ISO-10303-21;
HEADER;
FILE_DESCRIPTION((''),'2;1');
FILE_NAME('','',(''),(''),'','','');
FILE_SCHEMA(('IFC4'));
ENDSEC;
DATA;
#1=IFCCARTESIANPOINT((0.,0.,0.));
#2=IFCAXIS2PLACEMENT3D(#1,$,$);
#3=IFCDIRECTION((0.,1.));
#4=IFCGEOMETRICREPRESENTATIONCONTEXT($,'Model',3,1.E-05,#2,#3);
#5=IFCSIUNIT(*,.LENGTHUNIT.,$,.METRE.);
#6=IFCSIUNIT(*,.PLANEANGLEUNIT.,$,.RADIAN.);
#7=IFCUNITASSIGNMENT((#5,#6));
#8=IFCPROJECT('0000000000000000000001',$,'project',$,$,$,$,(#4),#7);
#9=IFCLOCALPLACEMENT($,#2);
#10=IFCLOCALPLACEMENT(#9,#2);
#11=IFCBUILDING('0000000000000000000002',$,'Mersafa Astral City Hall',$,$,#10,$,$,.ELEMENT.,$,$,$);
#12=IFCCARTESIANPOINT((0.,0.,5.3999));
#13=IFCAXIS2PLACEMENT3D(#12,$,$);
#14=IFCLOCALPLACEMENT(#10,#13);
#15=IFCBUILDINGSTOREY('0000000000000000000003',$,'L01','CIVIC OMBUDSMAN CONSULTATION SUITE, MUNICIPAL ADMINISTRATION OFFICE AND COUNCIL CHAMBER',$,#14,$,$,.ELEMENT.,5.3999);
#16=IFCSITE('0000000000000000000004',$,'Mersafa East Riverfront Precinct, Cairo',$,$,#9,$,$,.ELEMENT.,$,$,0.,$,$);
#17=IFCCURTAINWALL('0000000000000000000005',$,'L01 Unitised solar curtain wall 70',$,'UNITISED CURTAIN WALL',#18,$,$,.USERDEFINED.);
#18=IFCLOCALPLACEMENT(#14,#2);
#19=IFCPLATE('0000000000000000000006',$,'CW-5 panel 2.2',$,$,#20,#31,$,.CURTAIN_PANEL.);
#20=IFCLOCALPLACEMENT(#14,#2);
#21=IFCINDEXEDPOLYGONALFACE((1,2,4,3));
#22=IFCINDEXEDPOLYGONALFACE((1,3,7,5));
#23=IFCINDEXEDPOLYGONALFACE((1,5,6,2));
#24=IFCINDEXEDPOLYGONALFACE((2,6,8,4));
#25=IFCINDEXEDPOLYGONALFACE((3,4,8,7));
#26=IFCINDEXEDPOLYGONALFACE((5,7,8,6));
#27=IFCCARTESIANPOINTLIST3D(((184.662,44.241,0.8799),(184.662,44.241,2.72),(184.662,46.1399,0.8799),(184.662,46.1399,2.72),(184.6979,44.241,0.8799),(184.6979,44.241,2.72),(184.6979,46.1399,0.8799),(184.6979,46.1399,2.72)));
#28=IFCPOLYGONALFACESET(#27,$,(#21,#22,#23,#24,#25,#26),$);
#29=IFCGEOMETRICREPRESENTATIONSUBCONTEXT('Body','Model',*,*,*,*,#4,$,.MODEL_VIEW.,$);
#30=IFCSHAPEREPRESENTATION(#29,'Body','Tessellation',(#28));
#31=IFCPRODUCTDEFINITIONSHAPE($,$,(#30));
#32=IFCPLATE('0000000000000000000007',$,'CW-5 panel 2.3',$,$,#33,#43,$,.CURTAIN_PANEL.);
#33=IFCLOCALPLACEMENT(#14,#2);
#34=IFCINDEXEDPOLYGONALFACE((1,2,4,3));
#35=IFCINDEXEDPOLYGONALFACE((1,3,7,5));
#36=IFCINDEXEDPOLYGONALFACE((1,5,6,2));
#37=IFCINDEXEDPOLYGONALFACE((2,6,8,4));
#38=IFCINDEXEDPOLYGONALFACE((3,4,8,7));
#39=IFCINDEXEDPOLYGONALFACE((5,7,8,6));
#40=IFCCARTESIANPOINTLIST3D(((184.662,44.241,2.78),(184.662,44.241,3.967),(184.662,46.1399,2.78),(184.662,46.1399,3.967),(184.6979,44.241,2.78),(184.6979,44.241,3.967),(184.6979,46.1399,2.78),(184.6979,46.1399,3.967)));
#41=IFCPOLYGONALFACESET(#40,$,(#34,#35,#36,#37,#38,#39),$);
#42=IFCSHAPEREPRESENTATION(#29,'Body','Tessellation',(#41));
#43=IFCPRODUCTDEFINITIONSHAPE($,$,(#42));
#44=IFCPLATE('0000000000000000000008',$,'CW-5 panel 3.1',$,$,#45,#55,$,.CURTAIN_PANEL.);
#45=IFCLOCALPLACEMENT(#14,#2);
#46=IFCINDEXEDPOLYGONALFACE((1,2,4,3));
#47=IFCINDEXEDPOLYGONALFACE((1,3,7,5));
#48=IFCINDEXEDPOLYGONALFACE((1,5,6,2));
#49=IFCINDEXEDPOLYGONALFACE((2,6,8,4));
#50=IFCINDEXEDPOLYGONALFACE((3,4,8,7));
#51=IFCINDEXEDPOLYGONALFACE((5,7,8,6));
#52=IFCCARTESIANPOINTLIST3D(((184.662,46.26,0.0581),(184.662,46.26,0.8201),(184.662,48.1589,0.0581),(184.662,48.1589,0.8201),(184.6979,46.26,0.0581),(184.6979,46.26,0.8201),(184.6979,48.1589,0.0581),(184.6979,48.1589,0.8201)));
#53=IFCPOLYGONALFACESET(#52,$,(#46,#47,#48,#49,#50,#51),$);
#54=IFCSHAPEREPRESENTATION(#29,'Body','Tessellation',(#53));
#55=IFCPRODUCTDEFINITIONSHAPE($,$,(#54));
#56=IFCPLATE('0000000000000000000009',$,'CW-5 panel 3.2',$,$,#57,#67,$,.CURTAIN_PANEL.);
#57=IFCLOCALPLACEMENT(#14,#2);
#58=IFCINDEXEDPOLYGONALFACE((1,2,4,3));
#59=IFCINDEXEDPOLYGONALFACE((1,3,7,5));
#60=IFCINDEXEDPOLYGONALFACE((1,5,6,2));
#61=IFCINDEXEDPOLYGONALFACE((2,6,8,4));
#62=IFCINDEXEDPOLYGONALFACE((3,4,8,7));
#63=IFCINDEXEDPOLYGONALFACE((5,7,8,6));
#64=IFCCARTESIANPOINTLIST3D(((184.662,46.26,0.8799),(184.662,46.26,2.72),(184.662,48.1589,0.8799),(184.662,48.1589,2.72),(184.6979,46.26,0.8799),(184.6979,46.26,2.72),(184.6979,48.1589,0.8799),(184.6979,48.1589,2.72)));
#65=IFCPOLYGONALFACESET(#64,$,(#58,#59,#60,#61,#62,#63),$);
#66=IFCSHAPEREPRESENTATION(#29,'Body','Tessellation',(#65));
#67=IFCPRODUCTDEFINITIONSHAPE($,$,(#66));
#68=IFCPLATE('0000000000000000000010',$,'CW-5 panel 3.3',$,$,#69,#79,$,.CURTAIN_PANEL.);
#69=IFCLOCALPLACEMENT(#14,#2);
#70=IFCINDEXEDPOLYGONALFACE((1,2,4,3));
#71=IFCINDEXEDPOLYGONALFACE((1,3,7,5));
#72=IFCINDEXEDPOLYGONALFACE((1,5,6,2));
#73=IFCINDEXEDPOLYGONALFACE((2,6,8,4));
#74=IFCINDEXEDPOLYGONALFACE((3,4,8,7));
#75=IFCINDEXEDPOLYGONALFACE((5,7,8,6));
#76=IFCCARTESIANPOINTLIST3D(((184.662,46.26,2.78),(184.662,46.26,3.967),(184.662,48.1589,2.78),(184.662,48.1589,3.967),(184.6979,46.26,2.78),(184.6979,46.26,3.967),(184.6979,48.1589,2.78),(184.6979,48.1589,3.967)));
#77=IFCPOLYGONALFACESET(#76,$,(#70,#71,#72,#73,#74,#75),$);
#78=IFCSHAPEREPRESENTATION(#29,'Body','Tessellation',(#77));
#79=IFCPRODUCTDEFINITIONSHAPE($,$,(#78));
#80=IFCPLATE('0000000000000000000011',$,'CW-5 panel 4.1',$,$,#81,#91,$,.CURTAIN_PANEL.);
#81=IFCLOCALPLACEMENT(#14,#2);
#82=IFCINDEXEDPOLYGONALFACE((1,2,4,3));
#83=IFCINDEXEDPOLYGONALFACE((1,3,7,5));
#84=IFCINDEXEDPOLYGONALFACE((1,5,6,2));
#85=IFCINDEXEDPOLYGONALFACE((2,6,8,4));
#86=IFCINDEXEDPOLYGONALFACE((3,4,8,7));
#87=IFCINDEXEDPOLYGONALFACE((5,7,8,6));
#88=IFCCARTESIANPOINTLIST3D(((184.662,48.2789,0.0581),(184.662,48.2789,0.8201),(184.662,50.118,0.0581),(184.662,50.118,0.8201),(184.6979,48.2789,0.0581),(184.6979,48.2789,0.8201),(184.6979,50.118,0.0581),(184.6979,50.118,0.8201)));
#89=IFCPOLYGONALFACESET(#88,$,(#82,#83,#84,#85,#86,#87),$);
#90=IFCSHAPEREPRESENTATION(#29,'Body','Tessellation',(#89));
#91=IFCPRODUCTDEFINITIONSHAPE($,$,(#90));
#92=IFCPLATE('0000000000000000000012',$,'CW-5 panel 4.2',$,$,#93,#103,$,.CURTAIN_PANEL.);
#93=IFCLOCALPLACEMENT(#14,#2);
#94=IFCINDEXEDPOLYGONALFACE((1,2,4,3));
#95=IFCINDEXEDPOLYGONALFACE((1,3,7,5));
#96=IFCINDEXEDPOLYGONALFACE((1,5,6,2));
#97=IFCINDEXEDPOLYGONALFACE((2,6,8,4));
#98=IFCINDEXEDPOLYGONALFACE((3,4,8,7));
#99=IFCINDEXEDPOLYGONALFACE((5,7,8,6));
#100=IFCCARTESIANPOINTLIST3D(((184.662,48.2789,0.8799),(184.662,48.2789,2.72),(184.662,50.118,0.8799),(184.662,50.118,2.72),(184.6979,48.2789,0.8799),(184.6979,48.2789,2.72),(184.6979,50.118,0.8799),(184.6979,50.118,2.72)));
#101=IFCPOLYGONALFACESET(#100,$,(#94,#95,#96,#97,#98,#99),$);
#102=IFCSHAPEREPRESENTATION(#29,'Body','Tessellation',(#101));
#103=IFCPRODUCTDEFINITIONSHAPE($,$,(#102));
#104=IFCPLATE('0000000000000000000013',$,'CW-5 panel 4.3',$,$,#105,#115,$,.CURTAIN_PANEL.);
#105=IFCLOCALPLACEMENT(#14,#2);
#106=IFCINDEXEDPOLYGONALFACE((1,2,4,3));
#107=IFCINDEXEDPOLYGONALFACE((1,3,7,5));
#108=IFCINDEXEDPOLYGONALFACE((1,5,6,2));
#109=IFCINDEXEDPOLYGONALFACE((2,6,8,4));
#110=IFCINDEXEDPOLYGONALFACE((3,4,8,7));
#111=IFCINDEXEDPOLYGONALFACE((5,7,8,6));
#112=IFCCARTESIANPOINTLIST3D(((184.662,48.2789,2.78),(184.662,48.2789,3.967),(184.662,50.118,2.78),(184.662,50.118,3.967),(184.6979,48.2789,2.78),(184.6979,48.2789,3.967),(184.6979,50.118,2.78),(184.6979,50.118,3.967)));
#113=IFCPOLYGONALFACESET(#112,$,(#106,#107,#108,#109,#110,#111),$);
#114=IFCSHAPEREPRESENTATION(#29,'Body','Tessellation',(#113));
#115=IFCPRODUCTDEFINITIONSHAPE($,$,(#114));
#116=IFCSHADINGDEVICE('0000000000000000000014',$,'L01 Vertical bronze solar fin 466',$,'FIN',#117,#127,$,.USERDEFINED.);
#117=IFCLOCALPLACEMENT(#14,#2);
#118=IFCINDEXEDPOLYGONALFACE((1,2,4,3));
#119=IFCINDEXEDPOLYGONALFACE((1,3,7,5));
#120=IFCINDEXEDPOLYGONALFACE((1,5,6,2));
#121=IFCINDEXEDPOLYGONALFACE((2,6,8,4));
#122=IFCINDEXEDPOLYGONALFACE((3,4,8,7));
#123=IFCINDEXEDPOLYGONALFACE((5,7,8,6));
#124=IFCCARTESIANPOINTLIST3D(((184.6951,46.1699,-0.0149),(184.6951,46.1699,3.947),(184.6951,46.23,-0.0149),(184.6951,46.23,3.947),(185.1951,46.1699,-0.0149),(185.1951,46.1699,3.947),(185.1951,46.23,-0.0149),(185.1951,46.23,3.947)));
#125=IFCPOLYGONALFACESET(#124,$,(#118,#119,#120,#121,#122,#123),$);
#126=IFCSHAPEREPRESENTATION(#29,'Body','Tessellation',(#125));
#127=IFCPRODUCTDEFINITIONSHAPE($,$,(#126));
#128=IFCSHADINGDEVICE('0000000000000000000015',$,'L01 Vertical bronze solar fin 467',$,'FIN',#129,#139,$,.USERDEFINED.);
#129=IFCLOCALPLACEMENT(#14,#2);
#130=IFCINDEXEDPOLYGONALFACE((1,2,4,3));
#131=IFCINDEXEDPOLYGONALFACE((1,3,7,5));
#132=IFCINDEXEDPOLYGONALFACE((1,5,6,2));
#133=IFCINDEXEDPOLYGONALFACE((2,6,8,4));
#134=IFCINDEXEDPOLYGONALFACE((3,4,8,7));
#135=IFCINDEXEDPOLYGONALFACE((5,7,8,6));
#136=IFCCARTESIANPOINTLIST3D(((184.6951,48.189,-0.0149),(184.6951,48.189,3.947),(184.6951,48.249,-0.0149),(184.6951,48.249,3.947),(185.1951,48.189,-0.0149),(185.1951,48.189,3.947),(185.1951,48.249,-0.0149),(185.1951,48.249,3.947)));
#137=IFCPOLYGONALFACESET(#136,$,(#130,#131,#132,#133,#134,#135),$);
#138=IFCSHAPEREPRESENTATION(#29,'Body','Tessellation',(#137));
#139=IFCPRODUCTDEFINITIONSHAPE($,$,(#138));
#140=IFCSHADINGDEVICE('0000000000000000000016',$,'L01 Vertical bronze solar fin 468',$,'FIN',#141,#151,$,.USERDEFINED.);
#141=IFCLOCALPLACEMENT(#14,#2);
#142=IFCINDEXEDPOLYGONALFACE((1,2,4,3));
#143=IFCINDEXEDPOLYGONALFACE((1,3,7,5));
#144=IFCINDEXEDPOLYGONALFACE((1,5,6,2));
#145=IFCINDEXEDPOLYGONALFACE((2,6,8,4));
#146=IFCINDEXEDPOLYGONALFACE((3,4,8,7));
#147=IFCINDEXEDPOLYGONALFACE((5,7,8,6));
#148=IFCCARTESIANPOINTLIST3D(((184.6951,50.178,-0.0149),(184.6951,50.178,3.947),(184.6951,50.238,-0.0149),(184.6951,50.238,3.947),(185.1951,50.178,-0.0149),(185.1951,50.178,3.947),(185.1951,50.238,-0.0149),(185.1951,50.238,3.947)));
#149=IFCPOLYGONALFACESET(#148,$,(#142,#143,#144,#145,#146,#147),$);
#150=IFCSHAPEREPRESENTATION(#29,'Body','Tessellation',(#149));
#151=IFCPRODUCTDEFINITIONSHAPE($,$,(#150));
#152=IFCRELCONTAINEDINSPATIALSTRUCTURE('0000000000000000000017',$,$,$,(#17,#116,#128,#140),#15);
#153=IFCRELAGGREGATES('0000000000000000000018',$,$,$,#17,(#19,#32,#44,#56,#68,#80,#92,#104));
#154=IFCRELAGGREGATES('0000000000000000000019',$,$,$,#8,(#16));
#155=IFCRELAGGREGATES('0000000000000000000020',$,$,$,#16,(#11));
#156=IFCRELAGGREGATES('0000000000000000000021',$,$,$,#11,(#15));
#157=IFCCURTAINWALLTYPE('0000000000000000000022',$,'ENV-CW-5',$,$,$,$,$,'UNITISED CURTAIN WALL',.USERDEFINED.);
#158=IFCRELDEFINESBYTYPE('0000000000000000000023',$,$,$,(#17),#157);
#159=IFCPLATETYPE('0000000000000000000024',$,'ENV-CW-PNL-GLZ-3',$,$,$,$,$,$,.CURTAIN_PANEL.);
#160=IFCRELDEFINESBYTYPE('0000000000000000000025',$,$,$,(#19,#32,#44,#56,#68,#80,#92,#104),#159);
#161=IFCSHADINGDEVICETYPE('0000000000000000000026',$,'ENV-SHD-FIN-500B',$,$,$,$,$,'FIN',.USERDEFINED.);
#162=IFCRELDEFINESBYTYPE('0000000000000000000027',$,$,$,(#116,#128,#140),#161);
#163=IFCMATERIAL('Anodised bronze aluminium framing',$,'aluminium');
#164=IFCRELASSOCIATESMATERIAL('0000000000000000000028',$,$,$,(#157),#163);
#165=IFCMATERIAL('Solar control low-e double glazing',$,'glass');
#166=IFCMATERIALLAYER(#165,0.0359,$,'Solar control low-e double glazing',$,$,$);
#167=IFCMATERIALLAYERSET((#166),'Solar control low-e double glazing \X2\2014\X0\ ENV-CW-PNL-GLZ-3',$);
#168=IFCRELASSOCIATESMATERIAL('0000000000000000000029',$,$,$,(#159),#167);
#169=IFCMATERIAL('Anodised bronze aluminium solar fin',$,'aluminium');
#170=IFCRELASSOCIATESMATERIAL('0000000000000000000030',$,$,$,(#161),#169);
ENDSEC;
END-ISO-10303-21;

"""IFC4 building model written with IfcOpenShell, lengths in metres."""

from ifc_helpers import new_model, si_unit, direction, frame, origin, origin_2d, place, context, subcontext, project, spatial, rectangle, extrude, material, layer, layer_set, type_object, element, aggregate, save


model = new_model("IFC4")

# Units and contexts
model_context = context("Model", 3, precision=1e-05, world=origin(), true_north=direction((0.0, 1.0)))
body_context = subcontext(model_context, "Body", "Model", "MODEL_VIEW")
ifc_project = project(units=[si_unit("LENGTHUNIT", "METRE"), si_unit("PLANEANGLEUNIT", "RADIAN")], contexts=[model_context])

# Site, building, storey
site_placement = place(None, origin())
site = spatial("IfcSite", under=ifc_project, at=site_placement, Name="Mersafa East Riverfront Precinct, Cairo", CompositionType="ELEMENT", RefElevation=0.0)
building_placement = place(site_placement, origin())
building = spatial("IfcBuilding", under=site, at=building_placement, Name="Mersafa Astral City Hall", CompositionType="ELEMENT")
storey_placement = place(building_placement, frame((0.0, 0.0, 5.3999)))
storey = spatial("IfcBuildingStorey", under=building, at=storey_placement, Name="L01", Description="CIVIC OMBUDSMAN CONSULTATION SUITE, MUNICIPAL ADMINISTRATION OFFICE AND COUNCIL CHAMBER", CompositionType="ELEMENT", Elevation=5.3999)

# Curtain wall
ifc_material_1 = material(Name="Anodised bronze aluminium framing", Category="aluminium")
curtain_wall_type_1 = type_object("IfcCurtainWallType", Name="ENV-CW-5", ElementType="UNITISED CURTAIN WALL", PredefinedType="USERDEFINED", material=ifc_material_1)
curtain_wall_1_placement = place(storey_placement, origin())
curtain_wall_1 = element("IfcCurtainWall", 1, at=curtain_wall_1_placement, inside=storey, type_object=curtain_wall_type_1, Name="L01 Unitised solar curtain wall 70", ObjectType="UNITISED CURTAIN WALL", PredefinedType="USERDEFINED")

# Plates
ifc_material_2 = material(Name="Solar control low-e double glazing", Category="glass")
ifc_layer = layer(ifc_material_2, 0.0359, Name="Solar control low-e double glazing")
ifc_layer_set = layer_set([ifc_layer], Name="Solar control low-e double glazing — ENV-CW-PNL-GLZ-3")
plate_type = type_object("IfcPlateType", Name="ENV-CW-PNL-GLZ-3", PredefinedType="CURTAIN_PANEL", material=ifc_layer_set)
plate_1_placement = place(storey_placement, frame((184.6799, 45.1904, 0.8799), z_axis=(0.0, 0.0, 1.0), x_axis=(0.0, 1.0, 0.0)))
plate_1 = element("IfcPlate", 2, at=plate_1_placement, type_object=plate_type, Name="CW-5 panel 2.2", PredefinedType="CURTAIN_PANEL", context=body_context, shape_type="SweptSolid", body=[
    extrude(rectangle(XDim=1.8989, YDim=0.0359, at=origin_2d()), origin(), (0.0, 0.0, 1.0), 1.8401),
])
plate_2_placement = place(storey_placement, frame((184.6799, 45.1904, 2.78), z_axis=(0.0, 0.0, 1.0), x_axis=(0.0, 1.0, 0.0)))
plate_2 = element("IfcPlate", 3, at=plate_2_placement, type_object=plate_type, Name="CW-5 panel 2.3", PredefinedType="CURTAIN_PANEL", context=body_context, shape_type="SweptSolid", body=[
    extrude(rectangle(XDim=1.8989, YDim=0.0359, at=origin_2d()), origin(), (0.0, 0.0, 1.0), 1.187),
])
plate_3_placement = place(storey_placement, frame((184.6799, 47.2095, 0.0581), z_axis=(0.0, 0.0, 1.0), x_axis=(0.0, 1.0, 0.0)))
plate_3 = element("IfcPlate", 4, at=plate_3_placement, type_object=plate_type, Name="CW-5 panel 3.1", PredefinedType="CURTAIN_PANEL", context=body_context, shape_type="SweptSolid", body=[
    extrude(rectangle(XDim=1.8989, YDim=0.0359, at=origin_2d()), origin(), (0.0, 0.0, 1.0), 0.762),
])
plate_4_placement = place(storey_placement, frame((184.6799, 47.2095, 0.8799), z_axis=(0.0, 0.0, 1.0), x_axis=(0.0, 1.0, 0.0)))
plate_4 = element("IfcPlate", 5, at=plate_4_placement, type_object=plate_type, Name="CW-5 panel 3.2", PredefinedType="CURTAIN_PANEL", context=body_context, shape_type="SweptSolid", body=[
    extrude(rectangle(XDim=1.8989, YDim=0.0359, at=origin_2d()), origin(), (0.0, 0.0, 1.0), 1.8401),
])
plate_5_placement = place(storey_placement, frame((184.6799, 47.2095, 2.78), z_axis=(0.0, 0.0, 1.0), x_axis=(0.0, 1.0, 0.0)))
plate_5 = element("IfcPlate", 6, at=plate_5_placement, type_object=plate_type, Name="CW-5 panel 3.3", PredefinedType="CURTAIN_PANEL", context=body_context, shape_type="SweptSolid", body=[
    extrude(rectangle(XDim=1.8989, YDim=0.0359, at=origin_2d()), origin(), (0.0, 0.0, 1.0), 1.187),
])
plate_6_placement = place(storey_placement, frame((184.6799, 49.1985, 0.0581), z_axis=(0.0, 0.0, 1.0), x_axis=(0.0, 1.0, 0.0)))
plate_6 = element("IfcPlate", 7, at=plate_6_placement, type_object=plate_type, Name="CW-5 panel 4.1", PredefinedType="CURTAIN_PANEL", context=body_context, shape_type="SweptSolid", body=[
    extrude(rectangle(XDim=1.8391, YDim=0.0359, at=origin_2d()), origin(), (0.0, 0.0, 1.0), 0.762),
])
plate_7_placement = place(storey_placement, frame((184.6799, 49.1985, 0.8799), z_axis=(0.0, 0.0, 1.0), x_axis=(0.0, 1.0, 0.0)))
plate_7 = element("IfcPlate", 8, at=plate_7_placement, type_object=plate_type, Name="CW-5 panel 4.2", PredefinedType="CURTAIN_PANEL", context=body_context, shape_type="SweptSolid", body=[
    extrude(rectangle(XDim=1.8391, YDim=0.0359, at=origin_2d()), origin(), (0.0, 0.0, 1.0), 1.8401),
])
plate_8_placement = place(storey_placement, frame((184.6799, 49.1985, 2.78), z_axis=(0.0, 0.0, 1.0), x_axis=(0.0, 1.0, 0.0)))
plate_8 = element("IfcPlate", 9, at=plate_8_placement, type_object=plate_type, Name="CW-5 panel 4.3", PredefinedType="CURTAIN_PANEL", context=body_context, shape_type="SweptSolid", body=[
    extrude(rectangle(XDim=1.8391, YDim=0.0359, at=origin_2d()), origin(), (0.0, 0.0, 1.0), 1.187),
])
aggregate(curtain_wall_1, [plate_1, plate_2, plate_3, plate_4, plate_5, plate_6, plate_7, plate_8])

# Shading devices
ifc_material_3 = material(Name="Anodised bronze aluminium solar fin", Category="aluminium")
shading_device_type = type_object("IfcShadingDeviceType", Name="ENV-SHD-FIN-500B", ElementType="FIN", PredefinedType="USERDEFINED", material=ifc_material_3)
for number, where, z_axis, x_axis, name in (
    (10, (184.9451, 46.2, -0.0149), (0.0, 0.0, 1.0), (0.0, 1.0, 0.0), "L01 Vertical bronze solar fin 466"),
    (11, (184.9451, 48.219, -0.0149), (0.0, 0.0, 1.0), (0.0, 1.0, 0.0), "L01 Vertical bronze solar fin 467"),
    (12, (184.9451, 50.208, -0.0149), (0.0, 0.0, 1.0), (0.0, 1.0, 0.0), "L01 Vertical bronze solar fin 468"),
):
    element("IfcShadingDevice", number, at=place(storey_placement, frame(where, z_axis=z_axis, x_axis=x_axis)), inside=storey, type_object=shading_device_type, Name=name, ObjectType="FIN", PredefinedType="USERDEFINED", context=body_context, shape_type="SweptSolid", body=[
        extrude(rectangle(XDim=0.0601, YDim=0.5, at=origin_2d()), origin(), (0.0, 0.0, 1.0), 3.9619),
    ])

save(model, "model.ifc")
